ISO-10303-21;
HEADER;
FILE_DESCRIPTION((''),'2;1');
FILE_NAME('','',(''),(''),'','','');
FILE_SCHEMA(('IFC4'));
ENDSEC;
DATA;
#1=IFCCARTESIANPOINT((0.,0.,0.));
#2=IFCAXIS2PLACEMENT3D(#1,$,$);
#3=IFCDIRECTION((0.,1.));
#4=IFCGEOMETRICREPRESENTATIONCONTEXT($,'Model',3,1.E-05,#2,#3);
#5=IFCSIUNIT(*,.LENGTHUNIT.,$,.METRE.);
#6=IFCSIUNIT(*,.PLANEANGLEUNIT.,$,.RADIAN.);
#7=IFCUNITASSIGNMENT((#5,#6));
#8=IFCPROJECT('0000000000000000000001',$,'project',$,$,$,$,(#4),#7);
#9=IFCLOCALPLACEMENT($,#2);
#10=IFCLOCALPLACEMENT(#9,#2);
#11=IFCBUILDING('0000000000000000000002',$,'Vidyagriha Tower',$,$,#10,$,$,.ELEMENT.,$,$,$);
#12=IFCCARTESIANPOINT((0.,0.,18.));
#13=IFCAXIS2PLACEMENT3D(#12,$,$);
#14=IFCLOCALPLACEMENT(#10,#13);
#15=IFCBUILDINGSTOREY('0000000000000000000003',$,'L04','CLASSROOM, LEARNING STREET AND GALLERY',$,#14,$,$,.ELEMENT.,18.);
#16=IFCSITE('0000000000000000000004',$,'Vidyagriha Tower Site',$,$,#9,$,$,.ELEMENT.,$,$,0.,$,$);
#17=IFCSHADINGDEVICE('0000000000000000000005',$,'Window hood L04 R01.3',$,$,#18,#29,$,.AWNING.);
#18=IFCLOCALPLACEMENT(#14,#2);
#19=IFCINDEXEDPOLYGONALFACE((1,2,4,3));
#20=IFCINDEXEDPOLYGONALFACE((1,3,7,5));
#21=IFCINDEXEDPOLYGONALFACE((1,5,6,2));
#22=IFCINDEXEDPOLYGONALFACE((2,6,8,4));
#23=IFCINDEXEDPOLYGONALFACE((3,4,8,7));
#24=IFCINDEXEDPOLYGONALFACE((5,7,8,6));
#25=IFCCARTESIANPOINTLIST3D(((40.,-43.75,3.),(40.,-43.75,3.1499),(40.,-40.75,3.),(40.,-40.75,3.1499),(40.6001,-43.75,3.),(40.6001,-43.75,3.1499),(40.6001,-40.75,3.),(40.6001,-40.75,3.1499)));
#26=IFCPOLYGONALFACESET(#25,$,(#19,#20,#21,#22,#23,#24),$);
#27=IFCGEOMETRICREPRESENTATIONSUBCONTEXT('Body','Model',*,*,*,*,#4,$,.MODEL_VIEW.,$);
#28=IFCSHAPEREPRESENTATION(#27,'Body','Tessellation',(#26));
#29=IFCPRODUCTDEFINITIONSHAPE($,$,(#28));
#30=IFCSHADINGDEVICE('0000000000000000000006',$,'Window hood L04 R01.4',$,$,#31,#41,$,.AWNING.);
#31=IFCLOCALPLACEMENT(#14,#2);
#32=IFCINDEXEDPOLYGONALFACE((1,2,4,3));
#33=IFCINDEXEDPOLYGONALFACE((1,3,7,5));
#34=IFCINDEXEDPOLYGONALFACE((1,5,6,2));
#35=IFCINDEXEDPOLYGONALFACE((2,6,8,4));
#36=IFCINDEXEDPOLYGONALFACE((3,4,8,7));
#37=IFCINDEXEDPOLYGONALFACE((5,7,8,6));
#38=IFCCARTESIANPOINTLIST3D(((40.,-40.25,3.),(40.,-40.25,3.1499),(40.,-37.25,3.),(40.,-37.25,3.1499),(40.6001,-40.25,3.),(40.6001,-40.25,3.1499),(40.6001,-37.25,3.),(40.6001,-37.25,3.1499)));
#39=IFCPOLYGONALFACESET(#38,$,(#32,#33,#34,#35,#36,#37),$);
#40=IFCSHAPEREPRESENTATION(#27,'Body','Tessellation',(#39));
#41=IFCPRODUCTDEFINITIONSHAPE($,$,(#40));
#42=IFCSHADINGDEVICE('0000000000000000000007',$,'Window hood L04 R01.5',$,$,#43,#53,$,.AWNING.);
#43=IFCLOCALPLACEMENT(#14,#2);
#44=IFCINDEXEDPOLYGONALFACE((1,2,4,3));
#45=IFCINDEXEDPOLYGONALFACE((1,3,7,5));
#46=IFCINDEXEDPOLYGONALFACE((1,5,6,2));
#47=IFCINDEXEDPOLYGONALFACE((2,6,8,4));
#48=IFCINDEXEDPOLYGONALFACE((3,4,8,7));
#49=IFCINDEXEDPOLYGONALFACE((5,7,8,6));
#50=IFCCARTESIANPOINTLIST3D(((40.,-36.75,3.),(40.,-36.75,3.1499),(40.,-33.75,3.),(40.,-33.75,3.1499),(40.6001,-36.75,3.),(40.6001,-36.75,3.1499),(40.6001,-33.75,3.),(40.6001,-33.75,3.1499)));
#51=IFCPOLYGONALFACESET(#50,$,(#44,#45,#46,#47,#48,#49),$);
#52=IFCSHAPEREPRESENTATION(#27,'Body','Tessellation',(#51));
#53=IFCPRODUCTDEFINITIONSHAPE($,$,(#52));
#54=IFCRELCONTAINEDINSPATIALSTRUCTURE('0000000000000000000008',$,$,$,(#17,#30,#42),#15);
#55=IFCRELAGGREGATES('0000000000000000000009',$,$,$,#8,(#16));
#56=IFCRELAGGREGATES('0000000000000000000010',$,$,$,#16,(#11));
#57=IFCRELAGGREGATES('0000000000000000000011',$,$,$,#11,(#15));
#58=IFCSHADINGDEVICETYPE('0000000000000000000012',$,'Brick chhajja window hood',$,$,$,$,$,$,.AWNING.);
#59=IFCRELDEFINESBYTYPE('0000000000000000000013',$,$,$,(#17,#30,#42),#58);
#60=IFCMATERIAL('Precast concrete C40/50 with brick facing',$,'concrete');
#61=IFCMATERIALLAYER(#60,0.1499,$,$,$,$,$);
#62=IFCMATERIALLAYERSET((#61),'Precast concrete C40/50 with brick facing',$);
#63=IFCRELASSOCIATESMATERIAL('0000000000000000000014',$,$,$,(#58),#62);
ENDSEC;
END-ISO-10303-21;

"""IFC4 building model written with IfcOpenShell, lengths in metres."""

from ifc_helpers import new_model, si_unit, direction, frame, origin, origin_2d, place, context, subcontext, project, spatial, rectangle, extrude, material, layer, layer_set, type_object, element, save


model = new_model("IFC4")

# Units and contexts
model_context = context("Model", 3, precision=1e-05, world=origin(), true_north=direction((0.0, 1.0)))
body_context = subcontext(model_context, "Body", "Model", "MODEL_VIEW")
ifc_project = project(units=[si_unit("LENGTHUNIT", "METRE"), si_unit("PLANEANGLEUNIT", "RADIAN")], contexts=[model_context])

# Site, building, storey
site_placement = place(None, origin())
site = spatial("IfcSite", under=ifc_project, at=site_placement, Name="Vidyagriha Tower Site", CompositionType="ELEMENT", RefElevation=0.0)
building_placement = place(site_placement, origin())
building = spatial("IfcBuilding", under=site, at=building_placement, Name="Vidyagriha Tower", CompositionType="ELEMENT")
storey_placement = place(building_placement, frame((0.0, 0.0, 18.0)))
storey = spatial("IfcBuildingStorey", under=building, at=storey_placement, Name="L04", Description="CLASSROOM, LEARNING STREET AND GALLERY", CompositionType="ELEMENT", Elevation=18.0)

# Shading devices
ifc_material_1 = material(Name="Precast concrete C40/50 with brick facing", Category="concrete")
ifc_layer_1 = layer(ifc_material_1, 0.1499)
ifc_layer_set_1 = layer_set([ifc_layer_1], Name="Precast concrete C40/50 with brick facing")
shading_device_type = type_object("IfcShadingDeviceType", Name="Brick chhajja window hood", PredefinedType="AWNING", material=ifc_layer_set_1)
for number, where, z_axis, x_axis, name in (
    (1, (40.3, -42.25, 3.0), (0.0, 0.0, 1.0), (0.0, 1.0, 0.0), "Window hood L04 R01.3"),
    (2, (40.3, -38.75, 3.0), (0.0, 0.0, 1.0), (0.0, 1.0, 0.0), "Window hood L04 R01.4"),
    (3, (40.3, -35.25, 3.0), (0.0, 0.0, 1.0), (0.0, 1.0, 0.0), "Window hood L04 R01.5"),
):
    element("IfcShadingDevice", number, at=place(storey_placement, frame(where, z_axis=z_axis, x_axis=x_axis)), inside=storey, type_object=shading_device_type, Name=name, PredefinedType="AWNING", context=body_context, shape_type="SweptSolid", body=[
        extrude(rectangle(XDim=3.0, YDim=0.6001, at=origin_2d()), origin(), (0.0, 0.0, 1.0), 0.1499),
    ])

save(model, "model.ifc")
